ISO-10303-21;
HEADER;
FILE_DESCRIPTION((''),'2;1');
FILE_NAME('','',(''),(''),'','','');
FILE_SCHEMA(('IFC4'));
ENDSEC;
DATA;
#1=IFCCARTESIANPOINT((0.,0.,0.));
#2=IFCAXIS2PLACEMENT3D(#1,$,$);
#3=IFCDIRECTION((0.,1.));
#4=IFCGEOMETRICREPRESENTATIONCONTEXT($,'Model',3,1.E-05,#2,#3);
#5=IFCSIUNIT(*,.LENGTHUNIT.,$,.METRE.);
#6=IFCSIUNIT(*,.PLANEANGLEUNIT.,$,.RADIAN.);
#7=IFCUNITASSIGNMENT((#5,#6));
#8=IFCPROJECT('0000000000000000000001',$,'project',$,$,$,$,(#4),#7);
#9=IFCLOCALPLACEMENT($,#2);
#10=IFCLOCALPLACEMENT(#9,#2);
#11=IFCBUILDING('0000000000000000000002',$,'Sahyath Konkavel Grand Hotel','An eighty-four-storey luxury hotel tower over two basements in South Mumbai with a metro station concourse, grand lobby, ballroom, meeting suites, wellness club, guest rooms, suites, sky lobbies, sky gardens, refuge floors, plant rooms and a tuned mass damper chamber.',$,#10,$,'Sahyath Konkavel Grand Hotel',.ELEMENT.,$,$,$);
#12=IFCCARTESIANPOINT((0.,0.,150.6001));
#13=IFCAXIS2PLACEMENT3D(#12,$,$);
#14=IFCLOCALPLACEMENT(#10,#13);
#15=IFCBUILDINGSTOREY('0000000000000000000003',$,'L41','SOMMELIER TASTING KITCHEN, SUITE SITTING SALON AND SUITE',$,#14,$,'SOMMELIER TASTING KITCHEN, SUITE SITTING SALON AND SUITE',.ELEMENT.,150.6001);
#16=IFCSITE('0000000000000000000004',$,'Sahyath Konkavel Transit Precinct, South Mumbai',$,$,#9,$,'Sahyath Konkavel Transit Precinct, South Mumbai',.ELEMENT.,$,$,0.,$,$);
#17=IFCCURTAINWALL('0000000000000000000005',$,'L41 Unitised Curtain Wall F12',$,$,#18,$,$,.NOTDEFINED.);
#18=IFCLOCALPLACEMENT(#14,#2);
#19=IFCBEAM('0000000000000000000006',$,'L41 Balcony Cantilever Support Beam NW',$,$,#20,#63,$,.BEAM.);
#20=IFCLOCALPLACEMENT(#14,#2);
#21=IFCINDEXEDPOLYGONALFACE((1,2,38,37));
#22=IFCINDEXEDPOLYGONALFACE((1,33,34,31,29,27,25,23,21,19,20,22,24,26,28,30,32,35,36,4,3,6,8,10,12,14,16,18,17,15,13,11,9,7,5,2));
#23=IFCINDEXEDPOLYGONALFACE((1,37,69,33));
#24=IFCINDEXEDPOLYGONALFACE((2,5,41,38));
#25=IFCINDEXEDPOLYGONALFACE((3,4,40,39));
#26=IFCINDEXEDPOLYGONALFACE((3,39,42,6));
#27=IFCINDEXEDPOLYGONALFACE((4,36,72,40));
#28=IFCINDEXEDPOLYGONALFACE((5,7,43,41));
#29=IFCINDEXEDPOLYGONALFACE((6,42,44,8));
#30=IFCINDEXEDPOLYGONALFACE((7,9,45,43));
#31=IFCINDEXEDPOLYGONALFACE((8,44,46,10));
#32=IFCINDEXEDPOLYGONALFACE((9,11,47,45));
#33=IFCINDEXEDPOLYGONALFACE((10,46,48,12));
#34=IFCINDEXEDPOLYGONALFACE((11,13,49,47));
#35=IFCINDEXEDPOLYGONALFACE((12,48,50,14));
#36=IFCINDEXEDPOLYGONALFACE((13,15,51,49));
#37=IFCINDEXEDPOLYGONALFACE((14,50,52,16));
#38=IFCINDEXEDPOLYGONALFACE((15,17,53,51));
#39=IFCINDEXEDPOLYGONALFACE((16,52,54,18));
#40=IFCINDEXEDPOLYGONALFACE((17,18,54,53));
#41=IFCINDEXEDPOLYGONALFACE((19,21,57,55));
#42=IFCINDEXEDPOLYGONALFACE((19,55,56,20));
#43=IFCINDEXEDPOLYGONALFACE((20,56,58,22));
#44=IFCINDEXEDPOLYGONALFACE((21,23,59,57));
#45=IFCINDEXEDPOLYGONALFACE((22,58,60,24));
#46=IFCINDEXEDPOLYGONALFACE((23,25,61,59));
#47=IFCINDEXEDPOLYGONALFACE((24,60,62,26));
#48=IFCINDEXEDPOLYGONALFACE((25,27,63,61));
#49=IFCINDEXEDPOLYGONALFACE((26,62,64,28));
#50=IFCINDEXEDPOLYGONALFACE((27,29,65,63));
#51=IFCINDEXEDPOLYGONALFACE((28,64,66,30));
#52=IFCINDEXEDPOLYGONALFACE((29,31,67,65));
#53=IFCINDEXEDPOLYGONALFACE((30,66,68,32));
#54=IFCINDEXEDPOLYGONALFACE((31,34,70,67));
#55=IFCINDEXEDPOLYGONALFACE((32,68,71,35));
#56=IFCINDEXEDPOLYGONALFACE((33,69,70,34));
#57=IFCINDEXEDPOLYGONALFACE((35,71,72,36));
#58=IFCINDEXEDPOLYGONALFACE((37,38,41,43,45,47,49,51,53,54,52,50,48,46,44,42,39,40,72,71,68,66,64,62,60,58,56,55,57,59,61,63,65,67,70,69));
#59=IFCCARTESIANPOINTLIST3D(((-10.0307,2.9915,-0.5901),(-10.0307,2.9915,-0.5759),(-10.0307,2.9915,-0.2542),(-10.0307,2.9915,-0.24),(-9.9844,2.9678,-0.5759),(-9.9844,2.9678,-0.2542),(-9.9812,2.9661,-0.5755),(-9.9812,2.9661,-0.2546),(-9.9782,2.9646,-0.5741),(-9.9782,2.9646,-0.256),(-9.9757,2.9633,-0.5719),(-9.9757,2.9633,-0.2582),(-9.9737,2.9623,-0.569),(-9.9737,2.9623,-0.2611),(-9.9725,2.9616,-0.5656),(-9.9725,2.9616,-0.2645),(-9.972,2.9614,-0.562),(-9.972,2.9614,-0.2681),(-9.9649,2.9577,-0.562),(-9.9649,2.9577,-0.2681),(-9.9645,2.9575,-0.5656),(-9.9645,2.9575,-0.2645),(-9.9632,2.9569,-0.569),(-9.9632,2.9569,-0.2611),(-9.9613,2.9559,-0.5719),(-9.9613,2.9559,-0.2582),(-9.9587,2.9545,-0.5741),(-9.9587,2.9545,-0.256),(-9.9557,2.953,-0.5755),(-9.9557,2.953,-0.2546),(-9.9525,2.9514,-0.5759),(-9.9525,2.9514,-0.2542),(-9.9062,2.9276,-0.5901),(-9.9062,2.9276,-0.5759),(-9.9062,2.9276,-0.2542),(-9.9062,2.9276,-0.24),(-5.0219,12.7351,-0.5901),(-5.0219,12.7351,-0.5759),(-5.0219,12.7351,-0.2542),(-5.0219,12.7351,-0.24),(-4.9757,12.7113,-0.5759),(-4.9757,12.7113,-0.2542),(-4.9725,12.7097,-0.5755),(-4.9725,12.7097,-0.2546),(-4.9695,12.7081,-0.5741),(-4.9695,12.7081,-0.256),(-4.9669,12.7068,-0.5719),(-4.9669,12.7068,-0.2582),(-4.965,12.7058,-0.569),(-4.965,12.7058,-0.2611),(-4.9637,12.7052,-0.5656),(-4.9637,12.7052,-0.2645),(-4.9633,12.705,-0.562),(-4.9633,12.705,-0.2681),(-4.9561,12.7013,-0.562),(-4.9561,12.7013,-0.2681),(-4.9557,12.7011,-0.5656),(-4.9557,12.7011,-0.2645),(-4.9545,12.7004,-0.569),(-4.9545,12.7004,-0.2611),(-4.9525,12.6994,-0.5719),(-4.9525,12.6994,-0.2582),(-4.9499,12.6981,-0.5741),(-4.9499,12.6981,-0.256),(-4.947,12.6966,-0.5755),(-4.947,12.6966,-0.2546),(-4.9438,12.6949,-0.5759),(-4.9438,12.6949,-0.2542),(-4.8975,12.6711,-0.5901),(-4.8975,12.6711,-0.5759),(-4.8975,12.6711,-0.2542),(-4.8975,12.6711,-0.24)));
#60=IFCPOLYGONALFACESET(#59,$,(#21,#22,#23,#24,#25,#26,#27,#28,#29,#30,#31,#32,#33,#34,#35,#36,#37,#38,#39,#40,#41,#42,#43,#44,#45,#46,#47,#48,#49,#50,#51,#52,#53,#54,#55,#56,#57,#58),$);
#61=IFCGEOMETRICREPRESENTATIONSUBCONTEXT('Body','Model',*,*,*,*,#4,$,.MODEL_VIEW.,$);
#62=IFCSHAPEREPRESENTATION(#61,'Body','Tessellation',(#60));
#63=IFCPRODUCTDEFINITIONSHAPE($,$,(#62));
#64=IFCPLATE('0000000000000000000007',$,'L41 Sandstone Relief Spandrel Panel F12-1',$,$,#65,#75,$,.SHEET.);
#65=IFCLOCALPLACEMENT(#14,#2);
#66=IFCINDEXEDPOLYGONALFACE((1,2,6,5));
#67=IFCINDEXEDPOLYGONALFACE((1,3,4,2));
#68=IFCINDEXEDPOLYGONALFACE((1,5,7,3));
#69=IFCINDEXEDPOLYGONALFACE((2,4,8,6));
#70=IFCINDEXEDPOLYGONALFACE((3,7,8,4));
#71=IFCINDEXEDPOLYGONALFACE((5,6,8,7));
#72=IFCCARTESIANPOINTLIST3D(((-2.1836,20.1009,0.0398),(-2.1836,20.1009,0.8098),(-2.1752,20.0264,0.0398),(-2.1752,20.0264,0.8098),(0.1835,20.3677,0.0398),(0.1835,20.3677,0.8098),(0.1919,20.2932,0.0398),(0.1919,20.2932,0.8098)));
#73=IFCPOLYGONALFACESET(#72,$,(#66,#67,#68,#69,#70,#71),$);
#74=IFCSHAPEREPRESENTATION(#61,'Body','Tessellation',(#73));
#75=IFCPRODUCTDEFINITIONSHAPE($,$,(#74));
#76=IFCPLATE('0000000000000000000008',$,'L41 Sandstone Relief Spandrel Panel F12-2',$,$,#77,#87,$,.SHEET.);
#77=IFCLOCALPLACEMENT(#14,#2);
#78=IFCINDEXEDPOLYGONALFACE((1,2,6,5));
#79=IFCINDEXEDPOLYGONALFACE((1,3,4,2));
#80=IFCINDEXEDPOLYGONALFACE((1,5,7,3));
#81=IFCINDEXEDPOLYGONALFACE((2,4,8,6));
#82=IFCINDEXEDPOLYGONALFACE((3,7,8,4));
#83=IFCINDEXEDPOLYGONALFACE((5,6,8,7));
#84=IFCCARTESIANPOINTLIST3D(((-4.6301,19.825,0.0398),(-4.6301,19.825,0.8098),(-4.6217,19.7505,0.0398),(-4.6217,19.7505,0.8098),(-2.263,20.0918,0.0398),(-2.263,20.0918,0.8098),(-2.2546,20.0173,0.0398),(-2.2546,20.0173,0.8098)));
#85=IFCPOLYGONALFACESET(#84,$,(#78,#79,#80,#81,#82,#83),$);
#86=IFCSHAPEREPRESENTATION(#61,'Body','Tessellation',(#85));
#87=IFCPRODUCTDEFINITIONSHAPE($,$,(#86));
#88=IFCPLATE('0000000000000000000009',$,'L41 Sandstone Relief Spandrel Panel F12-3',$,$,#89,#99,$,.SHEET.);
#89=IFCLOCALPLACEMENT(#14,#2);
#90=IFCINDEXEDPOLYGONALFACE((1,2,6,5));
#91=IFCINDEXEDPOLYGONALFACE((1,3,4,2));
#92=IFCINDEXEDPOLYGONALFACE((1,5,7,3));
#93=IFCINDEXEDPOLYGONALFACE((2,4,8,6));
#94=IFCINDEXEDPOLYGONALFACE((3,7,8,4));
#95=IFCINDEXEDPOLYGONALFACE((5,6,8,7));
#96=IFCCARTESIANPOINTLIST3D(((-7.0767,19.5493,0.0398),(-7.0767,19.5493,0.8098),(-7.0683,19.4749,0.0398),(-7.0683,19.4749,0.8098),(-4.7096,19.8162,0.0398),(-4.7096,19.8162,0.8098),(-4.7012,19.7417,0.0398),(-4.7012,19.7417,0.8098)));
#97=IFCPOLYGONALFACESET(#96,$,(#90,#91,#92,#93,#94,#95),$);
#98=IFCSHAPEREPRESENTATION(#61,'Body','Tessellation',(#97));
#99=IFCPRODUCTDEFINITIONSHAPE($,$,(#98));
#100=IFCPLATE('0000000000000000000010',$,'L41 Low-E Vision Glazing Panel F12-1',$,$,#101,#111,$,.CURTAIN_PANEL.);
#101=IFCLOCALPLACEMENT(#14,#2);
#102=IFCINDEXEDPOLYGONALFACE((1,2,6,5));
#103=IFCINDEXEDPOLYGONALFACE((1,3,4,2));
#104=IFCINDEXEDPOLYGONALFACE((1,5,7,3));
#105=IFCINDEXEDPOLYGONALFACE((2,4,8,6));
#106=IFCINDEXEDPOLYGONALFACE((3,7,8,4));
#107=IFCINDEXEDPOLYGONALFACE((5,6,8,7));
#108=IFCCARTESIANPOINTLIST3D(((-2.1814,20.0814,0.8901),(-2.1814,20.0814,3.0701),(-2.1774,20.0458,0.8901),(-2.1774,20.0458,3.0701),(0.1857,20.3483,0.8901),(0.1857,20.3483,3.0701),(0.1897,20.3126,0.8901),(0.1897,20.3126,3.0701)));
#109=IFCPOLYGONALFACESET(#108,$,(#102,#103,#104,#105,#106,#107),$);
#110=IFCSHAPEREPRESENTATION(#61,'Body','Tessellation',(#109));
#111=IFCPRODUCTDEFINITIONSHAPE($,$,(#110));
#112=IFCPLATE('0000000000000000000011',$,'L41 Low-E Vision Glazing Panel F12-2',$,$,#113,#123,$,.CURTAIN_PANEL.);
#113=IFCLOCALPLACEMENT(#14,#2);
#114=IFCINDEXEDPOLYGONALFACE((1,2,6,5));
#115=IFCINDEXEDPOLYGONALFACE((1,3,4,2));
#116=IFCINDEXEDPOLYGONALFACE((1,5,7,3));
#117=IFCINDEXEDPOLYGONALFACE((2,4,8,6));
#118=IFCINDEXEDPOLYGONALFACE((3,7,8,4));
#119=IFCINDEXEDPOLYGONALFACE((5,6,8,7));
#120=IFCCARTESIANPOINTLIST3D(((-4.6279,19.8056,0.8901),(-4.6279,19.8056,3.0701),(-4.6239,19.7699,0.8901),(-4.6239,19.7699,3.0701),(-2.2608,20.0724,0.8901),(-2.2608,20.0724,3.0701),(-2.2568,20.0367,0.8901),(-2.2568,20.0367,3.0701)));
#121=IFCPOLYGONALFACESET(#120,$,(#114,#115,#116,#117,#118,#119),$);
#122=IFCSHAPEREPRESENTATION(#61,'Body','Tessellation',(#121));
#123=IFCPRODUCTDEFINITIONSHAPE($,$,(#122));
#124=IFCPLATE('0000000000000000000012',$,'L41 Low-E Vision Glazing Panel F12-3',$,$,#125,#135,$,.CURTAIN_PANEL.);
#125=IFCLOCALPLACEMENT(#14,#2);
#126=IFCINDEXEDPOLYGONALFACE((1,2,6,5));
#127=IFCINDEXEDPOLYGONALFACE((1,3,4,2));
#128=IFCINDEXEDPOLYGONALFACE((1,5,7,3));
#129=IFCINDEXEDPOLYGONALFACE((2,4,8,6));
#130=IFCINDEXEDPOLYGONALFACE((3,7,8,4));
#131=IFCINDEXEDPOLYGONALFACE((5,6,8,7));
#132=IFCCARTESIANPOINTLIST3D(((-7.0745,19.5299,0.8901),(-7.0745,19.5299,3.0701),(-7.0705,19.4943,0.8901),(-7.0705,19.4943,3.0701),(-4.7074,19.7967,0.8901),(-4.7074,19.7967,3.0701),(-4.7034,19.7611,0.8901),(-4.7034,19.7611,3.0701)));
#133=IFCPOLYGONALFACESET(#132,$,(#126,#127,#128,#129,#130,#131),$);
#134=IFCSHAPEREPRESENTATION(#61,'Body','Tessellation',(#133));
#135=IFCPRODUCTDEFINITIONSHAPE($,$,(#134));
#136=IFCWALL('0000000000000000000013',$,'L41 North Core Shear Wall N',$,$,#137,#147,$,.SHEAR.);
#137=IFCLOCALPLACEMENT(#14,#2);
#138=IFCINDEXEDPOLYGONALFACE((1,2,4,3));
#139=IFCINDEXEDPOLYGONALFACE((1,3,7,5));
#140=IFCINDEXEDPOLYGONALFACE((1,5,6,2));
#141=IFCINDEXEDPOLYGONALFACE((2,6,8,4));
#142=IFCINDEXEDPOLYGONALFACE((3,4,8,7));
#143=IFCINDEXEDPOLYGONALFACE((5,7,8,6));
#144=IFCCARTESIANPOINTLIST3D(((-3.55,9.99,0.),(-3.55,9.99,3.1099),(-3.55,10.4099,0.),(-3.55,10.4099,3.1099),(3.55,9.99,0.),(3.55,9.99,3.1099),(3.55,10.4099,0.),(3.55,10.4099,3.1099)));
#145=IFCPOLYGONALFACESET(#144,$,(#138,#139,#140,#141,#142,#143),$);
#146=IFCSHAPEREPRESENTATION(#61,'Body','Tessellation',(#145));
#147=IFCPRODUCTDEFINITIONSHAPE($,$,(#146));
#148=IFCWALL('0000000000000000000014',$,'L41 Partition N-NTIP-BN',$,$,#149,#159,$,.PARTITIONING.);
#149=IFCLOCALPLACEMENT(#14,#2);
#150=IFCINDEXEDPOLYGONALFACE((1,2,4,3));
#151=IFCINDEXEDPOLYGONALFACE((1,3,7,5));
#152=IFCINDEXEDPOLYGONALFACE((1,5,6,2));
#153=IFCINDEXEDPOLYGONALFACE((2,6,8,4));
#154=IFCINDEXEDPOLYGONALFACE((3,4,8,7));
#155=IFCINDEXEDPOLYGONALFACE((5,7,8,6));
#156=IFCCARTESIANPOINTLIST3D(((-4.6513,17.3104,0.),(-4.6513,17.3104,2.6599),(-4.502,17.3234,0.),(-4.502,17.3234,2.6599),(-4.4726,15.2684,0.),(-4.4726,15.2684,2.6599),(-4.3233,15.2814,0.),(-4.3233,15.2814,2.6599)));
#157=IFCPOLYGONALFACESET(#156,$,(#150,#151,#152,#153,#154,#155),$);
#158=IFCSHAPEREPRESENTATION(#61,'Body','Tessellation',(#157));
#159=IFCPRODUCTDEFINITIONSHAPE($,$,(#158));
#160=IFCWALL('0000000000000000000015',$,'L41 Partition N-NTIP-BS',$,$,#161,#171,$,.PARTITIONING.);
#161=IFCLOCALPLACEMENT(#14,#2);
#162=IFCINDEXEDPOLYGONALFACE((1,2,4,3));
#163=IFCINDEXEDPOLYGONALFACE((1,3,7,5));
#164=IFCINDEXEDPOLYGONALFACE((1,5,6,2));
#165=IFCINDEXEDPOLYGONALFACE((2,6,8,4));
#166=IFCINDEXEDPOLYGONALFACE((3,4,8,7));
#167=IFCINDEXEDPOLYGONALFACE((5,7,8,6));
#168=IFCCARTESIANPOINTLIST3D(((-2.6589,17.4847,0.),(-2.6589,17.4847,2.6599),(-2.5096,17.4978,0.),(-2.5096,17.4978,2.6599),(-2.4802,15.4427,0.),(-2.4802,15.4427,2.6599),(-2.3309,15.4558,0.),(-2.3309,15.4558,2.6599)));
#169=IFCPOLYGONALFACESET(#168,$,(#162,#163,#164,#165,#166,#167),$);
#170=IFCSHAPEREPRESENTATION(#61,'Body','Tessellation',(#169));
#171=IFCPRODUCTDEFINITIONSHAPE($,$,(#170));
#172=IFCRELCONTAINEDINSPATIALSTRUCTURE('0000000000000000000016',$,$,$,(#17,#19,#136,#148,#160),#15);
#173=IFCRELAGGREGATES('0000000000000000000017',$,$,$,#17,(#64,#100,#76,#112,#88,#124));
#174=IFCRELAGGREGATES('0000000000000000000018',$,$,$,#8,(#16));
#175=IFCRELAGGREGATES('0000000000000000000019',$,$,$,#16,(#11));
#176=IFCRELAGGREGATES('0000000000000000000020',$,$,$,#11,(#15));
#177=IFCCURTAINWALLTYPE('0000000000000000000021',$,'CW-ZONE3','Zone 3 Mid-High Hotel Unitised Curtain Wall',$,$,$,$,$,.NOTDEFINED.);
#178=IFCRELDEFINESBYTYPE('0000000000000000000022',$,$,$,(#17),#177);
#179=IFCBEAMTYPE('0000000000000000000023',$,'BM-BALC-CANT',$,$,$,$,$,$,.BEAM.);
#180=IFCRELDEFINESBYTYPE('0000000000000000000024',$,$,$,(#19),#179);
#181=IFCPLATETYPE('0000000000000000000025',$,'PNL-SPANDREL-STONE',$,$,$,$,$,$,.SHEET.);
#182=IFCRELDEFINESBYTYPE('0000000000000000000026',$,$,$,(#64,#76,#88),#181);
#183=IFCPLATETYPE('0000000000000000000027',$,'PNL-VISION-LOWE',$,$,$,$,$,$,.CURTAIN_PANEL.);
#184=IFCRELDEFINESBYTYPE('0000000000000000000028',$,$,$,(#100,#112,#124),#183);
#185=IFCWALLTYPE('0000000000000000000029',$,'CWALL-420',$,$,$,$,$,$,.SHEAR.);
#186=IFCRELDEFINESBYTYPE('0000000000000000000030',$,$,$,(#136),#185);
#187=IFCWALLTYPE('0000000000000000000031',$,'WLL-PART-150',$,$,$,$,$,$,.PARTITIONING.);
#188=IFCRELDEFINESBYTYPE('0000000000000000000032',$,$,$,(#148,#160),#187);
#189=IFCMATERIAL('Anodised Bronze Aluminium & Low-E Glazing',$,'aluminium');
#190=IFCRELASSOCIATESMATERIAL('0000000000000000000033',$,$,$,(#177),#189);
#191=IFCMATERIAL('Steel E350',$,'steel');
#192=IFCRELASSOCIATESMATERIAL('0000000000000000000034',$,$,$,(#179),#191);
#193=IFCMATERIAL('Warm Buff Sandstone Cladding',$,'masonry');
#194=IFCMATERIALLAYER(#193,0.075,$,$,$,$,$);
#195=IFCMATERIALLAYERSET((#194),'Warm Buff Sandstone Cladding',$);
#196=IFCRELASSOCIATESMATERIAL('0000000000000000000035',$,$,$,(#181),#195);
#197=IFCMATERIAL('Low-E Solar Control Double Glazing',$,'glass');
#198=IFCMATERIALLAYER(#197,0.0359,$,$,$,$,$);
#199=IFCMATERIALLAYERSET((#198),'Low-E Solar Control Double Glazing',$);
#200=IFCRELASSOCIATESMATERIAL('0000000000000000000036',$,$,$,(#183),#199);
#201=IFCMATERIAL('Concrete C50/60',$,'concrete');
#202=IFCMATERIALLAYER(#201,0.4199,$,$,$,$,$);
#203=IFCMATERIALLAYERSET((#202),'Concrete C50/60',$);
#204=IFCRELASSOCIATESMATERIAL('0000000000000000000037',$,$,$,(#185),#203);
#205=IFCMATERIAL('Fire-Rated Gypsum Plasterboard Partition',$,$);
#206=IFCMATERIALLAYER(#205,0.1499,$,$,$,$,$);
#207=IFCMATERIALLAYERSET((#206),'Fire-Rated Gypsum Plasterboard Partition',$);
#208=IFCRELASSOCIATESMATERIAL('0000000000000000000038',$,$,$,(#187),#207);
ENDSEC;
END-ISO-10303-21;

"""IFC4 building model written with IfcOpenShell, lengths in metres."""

from ifc_helpers import new_model, si_unit, direction, frame, frame_2d, origin, origin_2d, place, context, subcontext, project, spatial, rectangle, i_section, extrude, source, transform, mapped, material, layer, layer_set, material_profile, profile_set, type_object, element, aggregate, save


model = new_model("IFC4")

# Units and contexts
model_context = context("Model", 3, precision=1e-05, world=origin(), true_north=direction((0.0, 1.0)))
body_context = subcontext(model_context, "Body", "Model", "MODEL_VIEW")
ifc_project = project(units=[si_unit("LENGTHUNIT", "METRE"), si_unit("PLANEANGLEUNIT", "RADIAN")], contexts=[model_context])

# Site, building, storey
site_placement = place(None, origin())
site = spatial("IfcSite", under=ifc_project, at=site_placement, Name="Sahyath Konkavel Transit Precinct, South Mumbai", LongName="Sahyath Konkavel Transit Precinct, South Mumbai", CompositionType="ELEMENT", RefElevation=0.0)
building_placement = place(site_placement, origin())
building = spatial("IfcBuilding", under=site, at=building_placement, Name="Sahyath Konkavel Grand Hotel", Description="An eighty-four-storey luxury hotel tower over two basements in South Mumbai with a metro station concourse, grand lobby, ballroom, meeting suites, wellness club, guest rooms, suites, sky lobbies, sky gardens, refuge floors, plant rooms and a tuned mass damper chamber.", LongName="Sahyath Konkavel Grand Hotel", CompositionType="ELEMENT")
storey_placement = place(building_placement, frame((0.0, 0.0, 150.6001)))
storey = spatial("IfcBuildingStorey", under=building, at=storey_placement, Name="L41", Description="SOMMELIER TASTING KITCHEN, SUITE SITTING SALON AND SUITE", LongName="SOMMELIER TASTING KITCHEN, SUITE SITTING SALON AND SUITE", CompositionType="ELEMENT", Elevation=150.6001)

# Shared definitions
ifc_material_1 = material(Name="Concrete C50/60", Category="concrete")

# Shared definitions
ifc_material_2 = material(Name="Steel E350", Category="steel")

# Curtain wall
ifc_material_3 = material(Name="Anodised Bronze Aluminium & Low-E Glazing", Category="aluminium")
curtain_wall_type = type_object("IfcCurtainWallType", Name="CW-ZONE3", Description="Zone 3 Mid-High Hotel Unitised Curtain Wall", PredefinedType="NOTDEFINED", material=ifc_material_3)
curtain_wall_placement = place(storey_placement, origin())
curtain_wall = element("IfcCurtainWall", 1, at=curtain_wall_placement, inside=storey, type_object=curtain_wall_type, Name="L41 Unitised Curtain Wall F12", PredefinedType="NOTDEFINED")

# Beam
ifc_material_profile_1 = material_profile(ifc_material_2, i_section(OverallWidth=0.1399, OverallDepth=0.3501, WebThickness=0.0081, FlangeThickness=0.0142, FilletRadius=0.0139, at=origin_2d()), Name="ISMB 350")
ifc_profile_set_1 = profile_set([ifc_material_profile_1], Name="Steel E350")
beam_type_1 = type_object("IfcBeamType", Name="BM-BALC-CANT", PredefinedType="BEAM", material=ifc_profile_set_1)
shared_shape_1 = source(origin(), body_context, "Body", "SweptSolid", [
    extrude(i_section(OverallWidth=0.1399, OverallDepth=0.3501, WebThickness=0.0081, FlangeThickness=0.0142, FilletRadius=0.0139, at=origin_2d()), origin(), (0.0, 0.0, 1.0), 10.9556),
])
beam_1_placement = place(storey_placement, frame((-4.9597, 12.7031, -0.415), z_axis=(-0.457187, -0.889371, 0.0), x_axis=(0.889371, -0.457187, 0.0)))
element("IfcBeam", 2, at=beam_1_placement, inside=storey, type_object=beam_type_1, Name="L41 Balcony Cantilever Support Beam NW", PredefinedType="BEAM", context=body_context, shape_type="MappedRepresentation", body=[
    mapped(shared_shape_1, transform((0.0, 0.0, 0.0), scale=1.0)),
])

# Plates
ifc_material_4 = material(Name="Warm Buff Sandstone Cladding", Category="masonry")
ifc_layer_1 = layer(ifc_material_4, 0.075)
ifc_layer_set_1 = layer_set([ifc_layer_1], Name="Warm Buff Sandstone Cladding")
plate_type_1 = type_object("IfcPlateType", Name="PNL-SPANDREL-STONE", PredefinedType="SHEET", material=ifc_layer_set_1)
shared_shape_2 = source(origin(), body_context, "Body", "SweptSolid", [
    extrude(rectangle(XDim=2.3821, YDim=0.075, at=origin_2d()), origin(), (0.0, 0.0, 1.0), 0.77),
])
plate_1_placement = place(storey_placement, frame((-0.9958, 20.197, 0.0398), z_axis=(0.0, 0.0, 1.0), x_axis=(-0.993707, -0.112007, 0.0)))
plate_1 = element("IfcPlate", 3, at=plate_1_placement, type_object=plate_type_1, Name="L41 Sandstone Relief Spandrel Panel F12-1", PredefinedType="SHEET", context=body_context, shape_type="MappedRepresentation", body=[
    mapped(shared_shape_2, transform((0.0, 0.0, 0.0), scale=1.0)),
])
plate_2_placement = place(storey_placement, frame((-3.4424, 19.9211, 0.0398), z_axis=(0.0, 0.0, 1.0), x_axis=(-0.993707, -0.112007, 0.0)))
plate_2 = element("IfcPlate", 4, at=plate_2_placement, type_object=plate_type_1, Name="L41 Sandstone Relief Spandrel Panel F12-2", PredefinedType="SHEET", context=body_context, shape_type="MappedRepresentation", body=[
    mapped(shared_shape_2, transform((0.0, 0.0, 0.0), scale=1.0)),
])
plate_3_placement = place(storey_placement, frame((-5.8889, 19.6455, 0.0398), z_axis=(0.0, 0.0, 1.0), x_axis=(-0.993707, -0.112007, 0.0)))
plate_3 = element("IfcPlate", 5, at=plate_3_placement, type_object=plate_type_1, Name="L41 Sandstone Relief Spandrel Panel F12-3", PredefinedType="SHEET", context=body_context, shape_type="MappedRepresentation", body=[
    mapped(shared_shape_2, transform((0.0, 0.0, 0.0), scale=1.0)),
])
ifc_material_5 = material(Name="Low-E Solar Control Double Glazing", Category="glass")
ifc_layer_2 = layer(ifc_material_5, 0.0359)
ifc_layer_set_2 = layer_set([ifc_layer_2], Name="Low-E Solar Control Double Glazing")
plate_type_2 = type_object("IfcPlateType", Name="PNL-VISION-LOWE", PredefinedType="CURTAIN_PANEL", material=ifc_layer_set_2)
shared_shape_3 = source(origin(), body_context, "Body", "SweptSolid", [
    extrude(rectangle(XDim=2.3821, YDim=0.0359, at=origin_2d()), origin(), (0.0, 0.0, 1.0), 2.1799),
])
plate_4_placement = place(storey_placement, frame((-0.9958, 20.197, 0.8901), z_axis=(0.0, 0.0, 1.0), x_axis=(-0.993707, -0.112007, 0.0)))
plate_4 = element("IfcPlate", 6, at=plate_4_placement, type_object=plate_type_2, Name="L41 Low-E Vision Glazing Panel F12-1", PredefinedType="CURTAIN_PANEL", context=body_context, shape_type="MappedRepresentation", body=[
    mapped(shared_shape_3, transform((0.0, 0.0, 0.0), scale=1.0)),
])
plate_5_placement = place(storey_placement, frame((-3.4424, 19.9211, 0.8901), z_axis=(0.0, 0.0, 1.0), x_axis=(-0.993707, -0.112007, 0.0)))
plate_5 = element("IfcPlate", 7, at=plate_5_placement, type_object=plate_type_2, Name="L41 Low-E Vision Glazing Panel F12-2", PredefinedType="CURTAIN_PANEL", context=body_context, shape_type="MappedRepresentation", body=[
    mapped(shared_shape_3, transform((0.0, 0.0, 0.0), scale=1.0)),
])
plate_6_placement = place(storey_placement, frame((-5.8889, 19.6455, 0.8901), z_axis=(0.0, 0.0, 1.0), x_axis=(-0.993707, -0.112007, 0.0)))
plate_6 = element("IfcPlate", 8, at=plate_6_placement, type_object=plate_type_2, Name="L41 Low-E Vision Glazing Panel F12-3", PredefinedType="CURTAIN_PANEL", context=body_context, shape_type="MappedRepresentation", body=[
    mapped(shared_shape_3, transform((0.0, 0.0, 0.0), scale=1.0)),
])
aggregate(curtain_wall, [plate_1, plate_4, plate_2, plate_5, plate_3, plate_6])

# Walls
ifc_layer_3 = layer(ifc_material_1, 0.4199)
ifc_layer_set_3 = layer_set([ifc_layer_3], Name="Concrete C50/60")
wall_type_1 = type_object("IfcWallType", Name="CWALL-420", PredefinedType="SHEAR", material=ifc_layer_set_3)
wall_1_placement = place(storey_placement, frame((-3.55, 10.2, 0.0), z_axis=(0.0, 0.0, 1.0), x_axis=(1.0, 0.0, 0.0)))
element("IfcWall", 9, at=wall_1_placement, inside=storey, type_object=wall_type_1, Name="L41 North Core Shear Wall N", PredefinedType="SHEAR", context=body_context, shape_type="SweptSolid", body=[
    extrude(rectangle(XDim=7.1001, YDim=0.4199, at=frame_2d((3.55, 0.0))), origin(), (0.0, 0.0, 1.0), 3.1099),
])
ifc_material_6 = material(Name="Fire-Rated Gypsum Plasterboard Partition")
ifc_layer_4 = layer(ifc_material_6, 0.1499)
ifc_layer_set_4 = layer_set([ifc_layer_4], Name="Fire-Rated Gypsum Plasterboard Partition")
wall_type_2 = type_object("IfcWallType", Name="WLL-PART-150", PredefinedType="PARTITIONING", material=ifc_layer_set_4)
for number, where, z_axis, x_axis, name in (
    (10, (-4.3979, 15.2749, 0.0), (0.0, 0.0, 1.0), (-0.087185, 0.996192, 0.0), "L41 Partition N-NTIP-BN"),
    (11, (-2.4055, 15.4492, 0.0), (0.0, 0.0, 1.0), (-0.087185, 0.996192, 0.0), "L41 Partition N-NTIP-BS"),
):
    element("IfcWall", number, at=place(storey_placement, frame(where, z_axis=z_axis, x_axis=x_axis)), inside=storey, type_object=wall_type_2, Name=name, PredefinedType="PARTITIONING", context=body_context, shape_type="SweptSolid", body=[
        extrude(rectangle(XDim=2.0498, YDim=0.1499, at=frame_2d((1.0249, 0.0))), origin(), (0.0, 0.0, 1.0), 2.6599),
    ])

save(model, "model.ifc")
